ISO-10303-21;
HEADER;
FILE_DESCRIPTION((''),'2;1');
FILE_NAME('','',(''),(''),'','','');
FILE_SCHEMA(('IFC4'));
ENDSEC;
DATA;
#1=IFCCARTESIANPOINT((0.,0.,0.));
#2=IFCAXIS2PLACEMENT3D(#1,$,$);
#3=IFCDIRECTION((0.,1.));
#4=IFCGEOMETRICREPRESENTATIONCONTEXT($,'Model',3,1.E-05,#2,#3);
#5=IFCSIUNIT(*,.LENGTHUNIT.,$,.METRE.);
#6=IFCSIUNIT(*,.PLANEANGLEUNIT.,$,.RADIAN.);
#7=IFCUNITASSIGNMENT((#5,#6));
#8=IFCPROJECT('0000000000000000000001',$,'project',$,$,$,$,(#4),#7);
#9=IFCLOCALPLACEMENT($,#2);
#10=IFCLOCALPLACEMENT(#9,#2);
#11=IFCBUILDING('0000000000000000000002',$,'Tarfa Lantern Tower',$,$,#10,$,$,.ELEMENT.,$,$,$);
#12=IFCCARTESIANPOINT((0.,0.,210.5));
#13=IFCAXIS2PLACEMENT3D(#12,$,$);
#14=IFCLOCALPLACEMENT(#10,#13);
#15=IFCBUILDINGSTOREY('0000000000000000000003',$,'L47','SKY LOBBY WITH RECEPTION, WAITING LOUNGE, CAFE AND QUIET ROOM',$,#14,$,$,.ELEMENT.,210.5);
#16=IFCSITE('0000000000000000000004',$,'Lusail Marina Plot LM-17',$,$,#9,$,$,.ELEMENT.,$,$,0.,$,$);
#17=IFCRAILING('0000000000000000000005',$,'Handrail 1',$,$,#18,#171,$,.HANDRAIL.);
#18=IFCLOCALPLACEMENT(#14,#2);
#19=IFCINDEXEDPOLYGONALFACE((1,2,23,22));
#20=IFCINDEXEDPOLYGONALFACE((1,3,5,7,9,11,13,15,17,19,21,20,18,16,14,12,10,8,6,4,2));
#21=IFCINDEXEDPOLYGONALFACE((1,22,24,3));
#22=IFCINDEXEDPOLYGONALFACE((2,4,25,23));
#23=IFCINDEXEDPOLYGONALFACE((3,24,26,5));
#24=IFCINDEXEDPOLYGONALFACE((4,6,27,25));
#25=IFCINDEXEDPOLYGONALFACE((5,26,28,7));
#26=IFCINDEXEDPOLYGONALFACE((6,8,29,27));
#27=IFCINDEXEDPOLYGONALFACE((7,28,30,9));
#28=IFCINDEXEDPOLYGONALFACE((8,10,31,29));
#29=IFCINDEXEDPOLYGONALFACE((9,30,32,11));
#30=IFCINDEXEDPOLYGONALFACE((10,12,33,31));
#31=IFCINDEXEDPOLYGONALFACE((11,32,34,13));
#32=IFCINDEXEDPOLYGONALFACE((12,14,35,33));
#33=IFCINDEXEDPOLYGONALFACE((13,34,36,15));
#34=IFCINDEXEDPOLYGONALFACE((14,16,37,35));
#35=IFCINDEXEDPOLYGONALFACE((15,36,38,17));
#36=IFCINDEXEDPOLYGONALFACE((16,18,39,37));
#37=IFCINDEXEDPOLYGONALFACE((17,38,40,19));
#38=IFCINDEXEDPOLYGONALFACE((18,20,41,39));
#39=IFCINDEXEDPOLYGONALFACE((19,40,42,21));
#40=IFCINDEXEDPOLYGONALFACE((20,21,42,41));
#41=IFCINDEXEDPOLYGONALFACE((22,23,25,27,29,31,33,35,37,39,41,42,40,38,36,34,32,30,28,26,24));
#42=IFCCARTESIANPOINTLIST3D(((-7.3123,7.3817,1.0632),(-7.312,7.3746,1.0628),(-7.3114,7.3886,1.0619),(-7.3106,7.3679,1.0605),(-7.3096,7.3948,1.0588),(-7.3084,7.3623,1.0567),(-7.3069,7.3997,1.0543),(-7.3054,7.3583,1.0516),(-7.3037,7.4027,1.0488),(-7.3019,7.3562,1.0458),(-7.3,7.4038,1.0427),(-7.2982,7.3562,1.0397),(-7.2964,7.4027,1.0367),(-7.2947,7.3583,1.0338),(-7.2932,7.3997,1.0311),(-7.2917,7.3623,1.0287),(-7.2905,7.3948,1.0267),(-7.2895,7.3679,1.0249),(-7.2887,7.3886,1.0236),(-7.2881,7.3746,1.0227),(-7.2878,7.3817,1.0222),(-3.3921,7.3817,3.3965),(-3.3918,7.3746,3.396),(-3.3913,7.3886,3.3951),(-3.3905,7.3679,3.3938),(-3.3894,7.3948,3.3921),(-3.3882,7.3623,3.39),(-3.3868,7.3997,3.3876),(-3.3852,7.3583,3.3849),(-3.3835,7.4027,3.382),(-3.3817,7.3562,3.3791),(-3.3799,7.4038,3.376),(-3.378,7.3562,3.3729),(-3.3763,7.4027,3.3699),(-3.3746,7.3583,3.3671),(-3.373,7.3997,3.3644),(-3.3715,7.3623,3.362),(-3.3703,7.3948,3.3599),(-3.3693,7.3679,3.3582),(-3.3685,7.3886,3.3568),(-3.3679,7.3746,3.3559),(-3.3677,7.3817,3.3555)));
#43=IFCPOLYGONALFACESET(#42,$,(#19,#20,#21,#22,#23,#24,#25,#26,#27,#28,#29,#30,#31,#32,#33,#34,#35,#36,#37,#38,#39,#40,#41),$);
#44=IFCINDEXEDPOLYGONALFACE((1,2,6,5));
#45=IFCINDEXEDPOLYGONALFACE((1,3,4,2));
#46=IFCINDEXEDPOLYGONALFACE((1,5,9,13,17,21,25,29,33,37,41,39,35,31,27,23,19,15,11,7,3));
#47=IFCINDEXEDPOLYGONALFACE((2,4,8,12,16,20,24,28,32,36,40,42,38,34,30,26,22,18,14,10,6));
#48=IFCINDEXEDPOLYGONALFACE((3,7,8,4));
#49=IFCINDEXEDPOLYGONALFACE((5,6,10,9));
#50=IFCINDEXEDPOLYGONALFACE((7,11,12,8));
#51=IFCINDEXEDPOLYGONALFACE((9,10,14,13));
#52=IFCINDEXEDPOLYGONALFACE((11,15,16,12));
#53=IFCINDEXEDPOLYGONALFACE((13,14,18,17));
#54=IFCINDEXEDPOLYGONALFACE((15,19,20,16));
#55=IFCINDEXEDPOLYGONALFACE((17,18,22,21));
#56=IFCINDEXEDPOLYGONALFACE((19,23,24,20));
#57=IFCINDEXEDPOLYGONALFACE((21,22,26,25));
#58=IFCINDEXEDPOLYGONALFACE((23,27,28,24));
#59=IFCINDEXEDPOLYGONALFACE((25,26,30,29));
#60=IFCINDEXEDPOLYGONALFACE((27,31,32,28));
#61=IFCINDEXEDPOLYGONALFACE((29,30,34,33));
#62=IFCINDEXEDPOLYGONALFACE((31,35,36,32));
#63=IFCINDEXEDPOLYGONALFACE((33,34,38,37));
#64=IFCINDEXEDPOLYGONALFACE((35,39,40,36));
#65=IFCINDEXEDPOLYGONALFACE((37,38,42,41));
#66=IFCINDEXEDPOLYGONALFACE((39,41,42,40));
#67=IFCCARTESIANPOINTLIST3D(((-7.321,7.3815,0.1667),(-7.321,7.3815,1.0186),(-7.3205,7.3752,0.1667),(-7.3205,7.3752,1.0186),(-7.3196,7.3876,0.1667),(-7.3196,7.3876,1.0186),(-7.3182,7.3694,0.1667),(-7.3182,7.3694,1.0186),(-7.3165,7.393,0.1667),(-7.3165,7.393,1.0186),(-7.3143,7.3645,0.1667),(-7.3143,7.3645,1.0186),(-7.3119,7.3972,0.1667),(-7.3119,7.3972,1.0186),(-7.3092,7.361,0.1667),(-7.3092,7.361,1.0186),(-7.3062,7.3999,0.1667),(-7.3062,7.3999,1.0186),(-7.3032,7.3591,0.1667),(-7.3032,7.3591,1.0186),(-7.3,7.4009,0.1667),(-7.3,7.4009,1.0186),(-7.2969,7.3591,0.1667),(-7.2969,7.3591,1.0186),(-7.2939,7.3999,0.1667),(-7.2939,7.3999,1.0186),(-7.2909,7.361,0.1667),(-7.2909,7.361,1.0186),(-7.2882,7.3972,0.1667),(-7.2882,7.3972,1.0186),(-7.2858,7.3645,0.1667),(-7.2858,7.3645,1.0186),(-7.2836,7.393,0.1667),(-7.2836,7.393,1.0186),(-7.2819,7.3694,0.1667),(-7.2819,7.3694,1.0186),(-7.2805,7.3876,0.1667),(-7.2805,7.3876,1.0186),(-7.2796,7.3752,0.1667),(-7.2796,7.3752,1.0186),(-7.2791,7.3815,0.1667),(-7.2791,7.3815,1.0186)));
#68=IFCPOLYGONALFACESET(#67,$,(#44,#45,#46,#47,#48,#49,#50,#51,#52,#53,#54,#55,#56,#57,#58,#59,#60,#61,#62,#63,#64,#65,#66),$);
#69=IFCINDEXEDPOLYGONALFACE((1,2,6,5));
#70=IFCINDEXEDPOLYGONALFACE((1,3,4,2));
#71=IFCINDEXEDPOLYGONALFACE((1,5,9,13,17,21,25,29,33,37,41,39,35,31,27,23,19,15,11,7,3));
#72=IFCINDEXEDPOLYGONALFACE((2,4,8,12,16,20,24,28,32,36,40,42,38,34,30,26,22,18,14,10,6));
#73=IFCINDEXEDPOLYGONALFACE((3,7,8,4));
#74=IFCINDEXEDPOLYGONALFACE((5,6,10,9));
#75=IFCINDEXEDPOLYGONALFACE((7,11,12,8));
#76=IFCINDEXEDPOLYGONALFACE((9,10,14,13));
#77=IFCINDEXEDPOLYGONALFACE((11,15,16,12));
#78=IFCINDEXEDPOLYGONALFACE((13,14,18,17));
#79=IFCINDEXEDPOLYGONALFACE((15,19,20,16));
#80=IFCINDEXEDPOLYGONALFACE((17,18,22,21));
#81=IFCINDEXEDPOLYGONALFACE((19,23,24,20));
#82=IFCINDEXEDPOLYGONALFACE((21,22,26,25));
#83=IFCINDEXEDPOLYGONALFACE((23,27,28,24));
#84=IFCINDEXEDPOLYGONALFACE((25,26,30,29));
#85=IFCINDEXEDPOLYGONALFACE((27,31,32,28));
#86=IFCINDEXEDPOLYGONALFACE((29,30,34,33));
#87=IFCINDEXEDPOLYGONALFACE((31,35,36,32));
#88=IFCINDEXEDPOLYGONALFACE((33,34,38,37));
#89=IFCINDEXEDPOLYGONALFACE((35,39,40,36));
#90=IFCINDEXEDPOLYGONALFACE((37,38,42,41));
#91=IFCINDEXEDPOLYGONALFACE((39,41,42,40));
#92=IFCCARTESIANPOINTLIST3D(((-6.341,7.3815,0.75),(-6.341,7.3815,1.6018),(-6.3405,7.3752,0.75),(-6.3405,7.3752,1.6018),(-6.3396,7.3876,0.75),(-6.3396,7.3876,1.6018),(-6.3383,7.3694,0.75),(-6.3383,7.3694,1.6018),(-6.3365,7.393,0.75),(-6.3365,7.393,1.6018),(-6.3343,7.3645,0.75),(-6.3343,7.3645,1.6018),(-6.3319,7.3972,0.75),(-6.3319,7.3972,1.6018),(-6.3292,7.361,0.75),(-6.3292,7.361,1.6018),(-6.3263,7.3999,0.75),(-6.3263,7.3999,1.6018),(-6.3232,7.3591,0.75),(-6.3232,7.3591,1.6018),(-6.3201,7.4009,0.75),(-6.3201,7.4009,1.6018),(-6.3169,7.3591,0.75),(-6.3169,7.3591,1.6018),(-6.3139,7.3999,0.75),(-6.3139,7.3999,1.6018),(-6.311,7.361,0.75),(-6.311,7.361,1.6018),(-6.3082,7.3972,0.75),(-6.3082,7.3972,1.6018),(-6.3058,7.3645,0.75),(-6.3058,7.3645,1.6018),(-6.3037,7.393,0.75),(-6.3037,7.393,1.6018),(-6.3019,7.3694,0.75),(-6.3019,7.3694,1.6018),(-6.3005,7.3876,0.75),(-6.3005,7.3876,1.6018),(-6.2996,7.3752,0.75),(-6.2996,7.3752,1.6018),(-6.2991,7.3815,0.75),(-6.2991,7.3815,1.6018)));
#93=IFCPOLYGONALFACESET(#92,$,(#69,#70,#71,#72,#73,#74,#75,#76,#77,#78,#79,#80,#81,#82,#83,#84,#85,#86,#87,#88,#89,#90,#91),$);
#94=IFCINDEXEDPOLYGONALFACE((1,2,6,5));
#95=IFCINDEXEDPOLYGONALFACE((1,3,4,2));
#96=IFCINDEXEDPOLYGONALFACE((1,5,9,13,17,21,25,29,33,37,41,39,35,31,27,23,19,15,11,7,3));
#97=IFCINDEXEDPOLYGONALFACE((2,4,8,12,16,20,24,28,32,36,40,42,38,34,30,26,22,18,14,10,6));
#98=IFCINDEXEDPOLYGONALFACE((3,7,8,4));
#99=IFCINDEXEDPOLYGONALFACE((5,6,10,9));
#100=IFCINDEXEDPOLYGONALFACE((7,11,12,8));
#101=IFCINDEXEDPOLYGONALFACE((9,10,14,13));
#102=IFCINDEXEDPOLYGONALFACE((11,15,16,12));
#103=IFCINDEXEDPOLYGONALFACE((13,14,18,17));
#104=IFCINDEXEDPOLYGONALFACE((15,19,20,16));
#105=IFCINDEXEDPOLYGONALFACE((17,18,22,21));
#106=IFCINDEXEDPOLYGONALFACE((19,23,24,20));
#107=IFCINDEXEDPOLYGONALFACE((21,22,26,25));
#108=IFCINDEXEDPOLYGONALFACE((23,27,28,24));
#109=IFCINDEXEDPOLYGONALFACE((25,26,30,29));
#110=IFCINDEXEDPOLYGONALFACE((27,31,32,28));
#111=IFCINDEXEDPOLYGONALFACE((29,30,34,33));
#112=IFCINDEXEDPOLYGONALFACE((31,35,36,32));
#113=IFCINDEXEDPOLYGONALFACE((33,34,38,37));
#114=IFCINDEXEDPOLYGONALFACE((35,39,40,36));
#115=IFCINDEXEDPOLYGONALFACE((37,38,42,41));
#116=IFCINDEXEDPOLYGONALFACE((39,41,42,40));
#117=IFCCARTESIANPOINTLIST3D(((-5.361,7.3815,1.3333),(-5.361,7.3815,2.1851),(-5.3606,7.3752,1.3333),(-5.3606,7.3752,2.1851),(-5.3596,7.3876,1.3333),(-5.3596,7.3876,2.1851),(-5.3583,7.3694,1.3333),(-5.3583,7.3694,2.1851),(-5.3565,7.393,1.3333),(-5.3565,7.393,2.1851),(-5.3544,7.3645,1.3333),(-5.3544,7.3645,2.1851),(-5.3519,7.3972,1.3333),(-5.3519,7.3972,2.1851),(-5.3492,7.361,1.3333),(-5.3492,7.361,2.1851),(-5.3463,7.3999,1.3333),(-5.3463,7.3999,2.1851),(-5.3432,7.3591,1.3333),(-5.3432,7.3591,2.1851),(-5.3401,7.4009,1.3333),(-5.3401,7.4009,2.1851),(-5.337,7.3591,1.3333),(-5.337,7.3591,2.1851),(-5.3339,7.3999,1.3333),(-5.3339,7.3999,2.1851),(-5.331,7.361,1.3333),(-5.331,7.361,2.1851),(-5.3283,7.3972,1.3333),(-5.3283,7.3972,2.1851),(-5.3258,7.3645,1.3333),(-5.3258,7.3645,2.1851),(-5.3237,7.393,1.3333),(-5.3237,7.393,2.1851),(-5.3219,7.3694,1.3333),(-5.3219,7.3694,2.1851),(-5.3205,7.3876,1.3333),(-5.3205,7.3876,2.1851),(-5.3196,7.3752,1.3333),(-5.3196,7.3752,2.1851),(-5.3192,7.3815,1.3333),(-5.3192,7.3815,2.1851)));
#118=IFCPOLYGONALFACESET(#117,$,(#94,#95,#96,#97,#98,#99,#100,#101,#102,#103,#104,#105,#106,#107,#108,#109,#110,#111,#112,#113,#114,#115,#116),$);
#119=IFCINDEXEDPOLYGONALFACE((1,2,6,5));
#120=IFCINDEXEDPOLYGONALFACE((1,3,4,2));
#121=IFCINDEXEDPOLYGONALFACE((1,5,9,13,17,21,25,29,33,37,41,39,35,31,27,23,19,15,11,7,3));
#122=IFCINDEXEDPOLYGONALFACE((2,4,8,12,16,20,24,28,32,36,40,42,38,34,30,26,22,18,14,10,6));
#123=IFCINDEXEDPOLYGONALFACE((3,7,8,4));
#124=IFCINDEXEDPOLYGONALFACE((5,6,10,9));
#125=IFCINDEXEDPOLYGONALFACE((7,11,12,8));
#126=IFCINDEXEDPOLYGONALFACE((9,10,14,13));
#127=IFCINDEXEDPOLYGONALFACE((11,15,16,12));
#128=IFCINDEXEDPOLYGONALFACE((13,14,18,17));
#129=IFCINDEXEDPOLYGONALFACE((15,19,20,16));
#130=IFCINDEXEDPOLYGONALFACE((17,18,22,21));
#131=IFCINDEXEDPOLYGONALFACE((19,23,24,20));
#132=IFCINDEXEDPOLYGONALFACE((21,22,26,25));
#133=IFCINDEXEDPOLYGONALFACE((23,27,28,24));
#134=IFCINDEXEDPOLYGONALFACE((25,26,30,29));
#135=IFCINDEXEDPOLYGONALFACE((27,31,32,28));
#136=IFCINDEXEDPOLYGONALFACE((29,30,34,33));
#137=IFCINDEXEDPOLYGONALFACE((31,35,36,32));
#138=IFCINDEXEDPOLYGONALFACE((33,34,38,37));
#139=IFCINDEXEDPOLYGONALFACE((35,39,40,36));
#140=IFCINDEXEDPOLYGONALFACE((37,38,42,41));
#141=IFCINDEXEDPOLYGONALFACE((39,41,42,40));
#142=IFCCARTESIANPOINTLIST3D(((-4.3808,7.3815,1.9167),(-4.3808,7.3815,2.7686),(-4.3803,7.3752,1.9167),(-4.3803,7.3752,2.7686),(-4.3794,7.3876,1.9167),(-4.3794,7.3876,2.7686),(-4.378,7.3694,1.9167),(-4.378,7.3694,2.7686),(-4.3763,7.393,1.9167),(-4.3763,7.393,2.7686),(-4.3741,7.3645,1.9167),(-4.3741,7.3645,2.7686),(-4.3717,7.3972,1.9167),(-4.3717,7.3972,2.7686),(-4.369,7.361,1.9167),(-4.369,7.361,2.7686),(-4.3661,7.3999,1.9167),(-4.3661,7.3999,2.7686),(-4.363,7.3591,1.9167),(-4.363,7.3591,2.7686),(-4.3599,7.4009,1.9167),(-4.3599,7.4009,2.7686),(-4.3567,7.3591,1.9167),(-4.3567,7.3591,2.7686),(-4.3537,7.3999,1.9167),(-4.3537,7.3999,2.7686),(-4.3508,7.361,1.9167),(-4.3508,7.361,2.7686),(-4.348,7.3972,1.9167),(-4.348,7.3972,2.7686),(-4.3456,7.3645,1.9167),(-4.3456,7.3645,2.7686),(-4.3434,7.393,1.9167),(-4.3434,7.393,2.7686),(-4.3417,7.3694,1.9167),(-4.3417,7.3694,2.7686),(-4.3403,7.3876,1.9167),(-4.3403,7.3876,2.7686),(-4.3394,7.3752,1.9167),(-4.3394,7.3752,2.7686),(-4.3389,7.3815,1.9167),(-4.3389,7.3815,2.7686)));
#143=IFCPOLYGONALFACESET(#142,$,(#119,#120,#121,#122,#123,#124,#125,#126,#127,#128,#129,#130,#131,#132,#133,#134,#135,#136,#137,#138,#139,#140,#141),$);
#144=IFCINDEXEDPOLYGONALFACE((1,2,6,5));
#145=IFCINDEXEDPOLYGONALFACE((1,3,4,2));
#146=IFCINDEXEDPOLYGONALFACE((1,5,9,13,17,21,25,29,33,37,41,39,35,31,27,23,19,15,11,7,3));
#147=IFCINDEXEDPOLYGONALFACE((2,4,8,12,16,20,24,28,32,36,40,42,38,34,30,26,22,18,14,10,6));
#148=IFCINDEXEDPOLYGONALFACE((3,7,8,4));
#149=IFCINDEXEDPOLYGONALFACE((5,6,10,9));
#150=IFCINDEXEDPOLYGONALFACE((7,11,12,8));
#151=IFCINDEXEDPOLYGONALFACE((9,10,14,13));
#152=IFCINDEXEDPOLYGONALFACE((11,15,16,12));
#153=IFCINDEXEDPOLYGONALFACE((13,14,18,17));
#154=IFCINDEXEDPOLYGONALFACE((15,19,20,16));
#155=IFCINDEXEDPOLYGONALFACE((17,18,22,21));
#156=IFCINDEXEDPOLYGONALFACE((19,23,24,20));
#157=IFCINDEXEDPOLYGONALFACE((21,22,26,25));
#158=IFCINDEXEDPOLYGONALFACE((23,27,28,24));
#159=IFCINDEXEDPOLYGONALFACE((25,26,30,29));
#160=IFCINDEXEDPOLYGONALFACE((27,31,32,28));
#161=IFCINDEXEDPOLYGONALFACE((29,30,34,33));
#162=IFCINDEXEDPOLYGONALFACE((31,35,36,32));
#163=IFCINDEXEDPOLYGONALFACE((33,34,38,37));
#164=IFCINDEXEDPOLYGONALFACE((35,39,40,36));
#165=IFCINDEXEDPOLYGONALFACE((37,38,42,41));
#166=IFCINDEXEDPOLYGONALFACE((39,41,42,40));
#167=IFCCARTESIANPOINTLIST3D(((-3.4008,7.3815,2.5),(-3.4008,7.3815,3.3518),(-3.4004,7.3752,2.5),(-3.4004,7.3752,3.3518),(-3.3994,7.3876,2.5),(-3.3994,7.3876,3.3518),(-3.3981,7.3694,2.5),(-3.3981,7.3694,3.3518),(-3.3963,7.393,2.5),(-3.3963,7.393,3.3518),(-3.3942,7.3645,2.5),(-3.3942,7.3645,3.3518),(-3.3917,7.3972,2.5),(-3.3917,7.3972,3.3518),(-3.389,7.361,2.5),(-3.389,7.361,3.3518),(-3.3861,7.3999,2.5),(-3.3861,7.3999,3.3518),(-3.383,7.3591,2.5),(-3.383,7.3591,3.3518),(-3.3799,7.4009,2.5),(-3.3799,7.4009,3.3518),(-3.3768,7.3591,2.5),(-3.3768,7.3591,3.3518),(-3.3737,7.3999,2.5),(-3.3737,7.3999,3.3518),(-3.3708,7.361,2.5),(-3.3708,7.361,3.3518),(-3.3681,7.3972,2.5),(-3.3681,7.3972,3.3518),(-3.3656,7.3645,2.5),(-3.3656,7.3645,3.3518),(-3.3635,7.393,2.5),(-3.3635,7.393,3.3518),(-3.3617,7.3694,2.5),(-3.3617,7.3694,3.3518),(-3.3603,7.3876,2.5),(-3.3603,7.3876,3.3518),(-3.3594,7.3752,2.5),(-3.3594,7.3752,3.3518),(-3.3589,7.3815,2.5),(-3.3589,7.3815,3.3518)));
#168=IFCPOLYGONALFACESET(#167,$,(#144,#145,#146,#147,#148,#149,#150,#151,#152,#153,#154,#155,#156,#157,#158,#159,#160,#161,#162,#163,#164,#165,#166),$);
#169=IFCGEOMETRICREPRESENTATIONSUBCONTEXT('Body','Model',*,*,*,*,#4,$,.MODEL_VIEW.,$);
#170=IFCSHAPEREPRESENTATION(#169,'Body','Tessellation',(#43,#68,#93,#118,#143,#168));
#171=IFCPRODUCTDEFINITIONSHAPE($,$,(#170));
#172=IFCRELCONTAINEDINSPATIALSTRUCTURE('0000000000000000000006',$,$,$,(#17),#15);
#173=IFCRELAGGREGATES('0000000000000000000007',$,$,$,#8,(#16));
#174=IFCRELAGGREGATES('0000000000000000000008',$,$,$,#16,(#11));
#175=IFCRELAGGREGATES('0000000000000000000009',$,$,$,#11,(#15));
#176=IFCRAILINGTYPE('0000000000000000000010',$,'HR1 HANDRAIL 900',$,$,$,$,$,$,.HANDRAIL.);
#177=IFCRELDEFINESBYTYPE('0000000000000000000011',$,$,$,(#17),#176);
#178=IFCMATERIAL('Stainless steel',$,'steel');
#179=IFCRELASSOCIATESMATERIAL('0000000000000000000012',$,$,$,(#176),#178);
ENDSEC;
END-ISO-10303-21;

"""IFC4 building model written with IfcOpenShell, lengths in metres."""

from ifc_helpers import new_model, si_unit, direction, frame, origin, origin_2d, place, context, subcontext, project, spatial, circle, extrude, material, type_object, element, save


model = new_model("IFC4")

# Units and contexts
model_context = context("Model", 3, precision=1e-05, world=origin(), true_north=direction((0.0, 1.0)))
body_context = subcontext(model_context, "Body", "Model", "MODEL_VIEW")
ifc_project = project(units=[si_unit("LENGTHUNIT", "METRE"), si_unit("PLANEANGLEUNIT", "RADIAN")], contexts=[model_context])

# Site, building, storey
site_placement = place(None, origin())
site = spatial("IfcSite", under=ifc_project, at=site_placement, Name="Lusail Marina Plot LM-17", CompositionType="ELEMENT", RefElevation=0.0)
building_placement = place(site_placement, origin())
building = spatial("IfcBuilding", under=site, at=building_placement, Name="Tarfa Lantern Tower", CompositionType="ELEMENT")
storey_placement = place(building_placement, frame((0.0, 0.0, 210.5)))
storey = spatial("IfcBuildingStorey", under=building, at=storey_placement, Name="L47", Description="SKY LOBBY WITH RECEPTION, WAITING LOUNGE, CAFE AND QUIET ROOM", CompositionType="ELEMENT", Elevation=210.5)

# Railing
ifc_material_1 = material(Name="Stainless steel", Category="steel")
railing_type = type_object("IfcRailingType", Name="HR1 HANDRAIL 900", PredefinedType="HANDRAIL", material=ifc_material_1)
railing_1_placement = place(storey_placement, frame((-7.3, 7.3799, 0.1667)))
element("IfcRailing", 1, at=railing_1_placement, inside=storey, type_object=railing_type, Name="Handrail 1", PredefinedType="HANDRAIL", context=body_context, shape_type="SweptSolid", body=[
    extrude(circle(Radius=0.0239, at=origin_2d()), frame((0.0, 0.0, 0.876), z_axis=(0.85931, 0.0, 0.511455), x_axis=(0.0, 1.0, 0.0)), (0.0, 0.0, 1.0), 4.562),
    extrude(circle(Radius=0.021, at=origin_2d()), frame((0.0, 0.0, 0.0), z_axis=(0.0, 0.0, 1.0), x_axis=(0.0, 1.0, 0.0)), (0.0, 0.0, 1.0), 0.8518),
    extrude(circle(Radius=0.021, at=origin_2d()), frame((0.98, 0.0, 0.5833), z_axis=(0.0, 0.0, 1.0), x_axis=(0.0, 1.0, 0.0)), (0.0, 0.0, 1.0), 0.8518),
    extrude(circle(Radius=0.021, at=origin_2d()), frame((1.96, 0.0, 1.1665), z_axis=(0.0, 0.0, 1.0), x_axis=(0.0, 1.0, 0.0)), (0.0, 0.0, 1.0), 0.8518),
    extrude(circle(Radius=0.021, at=origin_2d()), frame((2.9402, 0.0, 1.75), z_axis=(0.0, 0.0, 1.0), x_axis=(0.0, 1.0, 0.0)), (0.0, 0.0, 1.0), 0.8518),
    extrude(circle(Radius=0.021, at=origin_2d()), frame((3.9202, 0.0, 2.3333), z_axis=(0.0, 0.0, 1.0), x_axis=(0.0, 1.0, 0.0)), (0.0, 0.0, 1.0), 0.8518),
])

save(model, "model.ifc")
